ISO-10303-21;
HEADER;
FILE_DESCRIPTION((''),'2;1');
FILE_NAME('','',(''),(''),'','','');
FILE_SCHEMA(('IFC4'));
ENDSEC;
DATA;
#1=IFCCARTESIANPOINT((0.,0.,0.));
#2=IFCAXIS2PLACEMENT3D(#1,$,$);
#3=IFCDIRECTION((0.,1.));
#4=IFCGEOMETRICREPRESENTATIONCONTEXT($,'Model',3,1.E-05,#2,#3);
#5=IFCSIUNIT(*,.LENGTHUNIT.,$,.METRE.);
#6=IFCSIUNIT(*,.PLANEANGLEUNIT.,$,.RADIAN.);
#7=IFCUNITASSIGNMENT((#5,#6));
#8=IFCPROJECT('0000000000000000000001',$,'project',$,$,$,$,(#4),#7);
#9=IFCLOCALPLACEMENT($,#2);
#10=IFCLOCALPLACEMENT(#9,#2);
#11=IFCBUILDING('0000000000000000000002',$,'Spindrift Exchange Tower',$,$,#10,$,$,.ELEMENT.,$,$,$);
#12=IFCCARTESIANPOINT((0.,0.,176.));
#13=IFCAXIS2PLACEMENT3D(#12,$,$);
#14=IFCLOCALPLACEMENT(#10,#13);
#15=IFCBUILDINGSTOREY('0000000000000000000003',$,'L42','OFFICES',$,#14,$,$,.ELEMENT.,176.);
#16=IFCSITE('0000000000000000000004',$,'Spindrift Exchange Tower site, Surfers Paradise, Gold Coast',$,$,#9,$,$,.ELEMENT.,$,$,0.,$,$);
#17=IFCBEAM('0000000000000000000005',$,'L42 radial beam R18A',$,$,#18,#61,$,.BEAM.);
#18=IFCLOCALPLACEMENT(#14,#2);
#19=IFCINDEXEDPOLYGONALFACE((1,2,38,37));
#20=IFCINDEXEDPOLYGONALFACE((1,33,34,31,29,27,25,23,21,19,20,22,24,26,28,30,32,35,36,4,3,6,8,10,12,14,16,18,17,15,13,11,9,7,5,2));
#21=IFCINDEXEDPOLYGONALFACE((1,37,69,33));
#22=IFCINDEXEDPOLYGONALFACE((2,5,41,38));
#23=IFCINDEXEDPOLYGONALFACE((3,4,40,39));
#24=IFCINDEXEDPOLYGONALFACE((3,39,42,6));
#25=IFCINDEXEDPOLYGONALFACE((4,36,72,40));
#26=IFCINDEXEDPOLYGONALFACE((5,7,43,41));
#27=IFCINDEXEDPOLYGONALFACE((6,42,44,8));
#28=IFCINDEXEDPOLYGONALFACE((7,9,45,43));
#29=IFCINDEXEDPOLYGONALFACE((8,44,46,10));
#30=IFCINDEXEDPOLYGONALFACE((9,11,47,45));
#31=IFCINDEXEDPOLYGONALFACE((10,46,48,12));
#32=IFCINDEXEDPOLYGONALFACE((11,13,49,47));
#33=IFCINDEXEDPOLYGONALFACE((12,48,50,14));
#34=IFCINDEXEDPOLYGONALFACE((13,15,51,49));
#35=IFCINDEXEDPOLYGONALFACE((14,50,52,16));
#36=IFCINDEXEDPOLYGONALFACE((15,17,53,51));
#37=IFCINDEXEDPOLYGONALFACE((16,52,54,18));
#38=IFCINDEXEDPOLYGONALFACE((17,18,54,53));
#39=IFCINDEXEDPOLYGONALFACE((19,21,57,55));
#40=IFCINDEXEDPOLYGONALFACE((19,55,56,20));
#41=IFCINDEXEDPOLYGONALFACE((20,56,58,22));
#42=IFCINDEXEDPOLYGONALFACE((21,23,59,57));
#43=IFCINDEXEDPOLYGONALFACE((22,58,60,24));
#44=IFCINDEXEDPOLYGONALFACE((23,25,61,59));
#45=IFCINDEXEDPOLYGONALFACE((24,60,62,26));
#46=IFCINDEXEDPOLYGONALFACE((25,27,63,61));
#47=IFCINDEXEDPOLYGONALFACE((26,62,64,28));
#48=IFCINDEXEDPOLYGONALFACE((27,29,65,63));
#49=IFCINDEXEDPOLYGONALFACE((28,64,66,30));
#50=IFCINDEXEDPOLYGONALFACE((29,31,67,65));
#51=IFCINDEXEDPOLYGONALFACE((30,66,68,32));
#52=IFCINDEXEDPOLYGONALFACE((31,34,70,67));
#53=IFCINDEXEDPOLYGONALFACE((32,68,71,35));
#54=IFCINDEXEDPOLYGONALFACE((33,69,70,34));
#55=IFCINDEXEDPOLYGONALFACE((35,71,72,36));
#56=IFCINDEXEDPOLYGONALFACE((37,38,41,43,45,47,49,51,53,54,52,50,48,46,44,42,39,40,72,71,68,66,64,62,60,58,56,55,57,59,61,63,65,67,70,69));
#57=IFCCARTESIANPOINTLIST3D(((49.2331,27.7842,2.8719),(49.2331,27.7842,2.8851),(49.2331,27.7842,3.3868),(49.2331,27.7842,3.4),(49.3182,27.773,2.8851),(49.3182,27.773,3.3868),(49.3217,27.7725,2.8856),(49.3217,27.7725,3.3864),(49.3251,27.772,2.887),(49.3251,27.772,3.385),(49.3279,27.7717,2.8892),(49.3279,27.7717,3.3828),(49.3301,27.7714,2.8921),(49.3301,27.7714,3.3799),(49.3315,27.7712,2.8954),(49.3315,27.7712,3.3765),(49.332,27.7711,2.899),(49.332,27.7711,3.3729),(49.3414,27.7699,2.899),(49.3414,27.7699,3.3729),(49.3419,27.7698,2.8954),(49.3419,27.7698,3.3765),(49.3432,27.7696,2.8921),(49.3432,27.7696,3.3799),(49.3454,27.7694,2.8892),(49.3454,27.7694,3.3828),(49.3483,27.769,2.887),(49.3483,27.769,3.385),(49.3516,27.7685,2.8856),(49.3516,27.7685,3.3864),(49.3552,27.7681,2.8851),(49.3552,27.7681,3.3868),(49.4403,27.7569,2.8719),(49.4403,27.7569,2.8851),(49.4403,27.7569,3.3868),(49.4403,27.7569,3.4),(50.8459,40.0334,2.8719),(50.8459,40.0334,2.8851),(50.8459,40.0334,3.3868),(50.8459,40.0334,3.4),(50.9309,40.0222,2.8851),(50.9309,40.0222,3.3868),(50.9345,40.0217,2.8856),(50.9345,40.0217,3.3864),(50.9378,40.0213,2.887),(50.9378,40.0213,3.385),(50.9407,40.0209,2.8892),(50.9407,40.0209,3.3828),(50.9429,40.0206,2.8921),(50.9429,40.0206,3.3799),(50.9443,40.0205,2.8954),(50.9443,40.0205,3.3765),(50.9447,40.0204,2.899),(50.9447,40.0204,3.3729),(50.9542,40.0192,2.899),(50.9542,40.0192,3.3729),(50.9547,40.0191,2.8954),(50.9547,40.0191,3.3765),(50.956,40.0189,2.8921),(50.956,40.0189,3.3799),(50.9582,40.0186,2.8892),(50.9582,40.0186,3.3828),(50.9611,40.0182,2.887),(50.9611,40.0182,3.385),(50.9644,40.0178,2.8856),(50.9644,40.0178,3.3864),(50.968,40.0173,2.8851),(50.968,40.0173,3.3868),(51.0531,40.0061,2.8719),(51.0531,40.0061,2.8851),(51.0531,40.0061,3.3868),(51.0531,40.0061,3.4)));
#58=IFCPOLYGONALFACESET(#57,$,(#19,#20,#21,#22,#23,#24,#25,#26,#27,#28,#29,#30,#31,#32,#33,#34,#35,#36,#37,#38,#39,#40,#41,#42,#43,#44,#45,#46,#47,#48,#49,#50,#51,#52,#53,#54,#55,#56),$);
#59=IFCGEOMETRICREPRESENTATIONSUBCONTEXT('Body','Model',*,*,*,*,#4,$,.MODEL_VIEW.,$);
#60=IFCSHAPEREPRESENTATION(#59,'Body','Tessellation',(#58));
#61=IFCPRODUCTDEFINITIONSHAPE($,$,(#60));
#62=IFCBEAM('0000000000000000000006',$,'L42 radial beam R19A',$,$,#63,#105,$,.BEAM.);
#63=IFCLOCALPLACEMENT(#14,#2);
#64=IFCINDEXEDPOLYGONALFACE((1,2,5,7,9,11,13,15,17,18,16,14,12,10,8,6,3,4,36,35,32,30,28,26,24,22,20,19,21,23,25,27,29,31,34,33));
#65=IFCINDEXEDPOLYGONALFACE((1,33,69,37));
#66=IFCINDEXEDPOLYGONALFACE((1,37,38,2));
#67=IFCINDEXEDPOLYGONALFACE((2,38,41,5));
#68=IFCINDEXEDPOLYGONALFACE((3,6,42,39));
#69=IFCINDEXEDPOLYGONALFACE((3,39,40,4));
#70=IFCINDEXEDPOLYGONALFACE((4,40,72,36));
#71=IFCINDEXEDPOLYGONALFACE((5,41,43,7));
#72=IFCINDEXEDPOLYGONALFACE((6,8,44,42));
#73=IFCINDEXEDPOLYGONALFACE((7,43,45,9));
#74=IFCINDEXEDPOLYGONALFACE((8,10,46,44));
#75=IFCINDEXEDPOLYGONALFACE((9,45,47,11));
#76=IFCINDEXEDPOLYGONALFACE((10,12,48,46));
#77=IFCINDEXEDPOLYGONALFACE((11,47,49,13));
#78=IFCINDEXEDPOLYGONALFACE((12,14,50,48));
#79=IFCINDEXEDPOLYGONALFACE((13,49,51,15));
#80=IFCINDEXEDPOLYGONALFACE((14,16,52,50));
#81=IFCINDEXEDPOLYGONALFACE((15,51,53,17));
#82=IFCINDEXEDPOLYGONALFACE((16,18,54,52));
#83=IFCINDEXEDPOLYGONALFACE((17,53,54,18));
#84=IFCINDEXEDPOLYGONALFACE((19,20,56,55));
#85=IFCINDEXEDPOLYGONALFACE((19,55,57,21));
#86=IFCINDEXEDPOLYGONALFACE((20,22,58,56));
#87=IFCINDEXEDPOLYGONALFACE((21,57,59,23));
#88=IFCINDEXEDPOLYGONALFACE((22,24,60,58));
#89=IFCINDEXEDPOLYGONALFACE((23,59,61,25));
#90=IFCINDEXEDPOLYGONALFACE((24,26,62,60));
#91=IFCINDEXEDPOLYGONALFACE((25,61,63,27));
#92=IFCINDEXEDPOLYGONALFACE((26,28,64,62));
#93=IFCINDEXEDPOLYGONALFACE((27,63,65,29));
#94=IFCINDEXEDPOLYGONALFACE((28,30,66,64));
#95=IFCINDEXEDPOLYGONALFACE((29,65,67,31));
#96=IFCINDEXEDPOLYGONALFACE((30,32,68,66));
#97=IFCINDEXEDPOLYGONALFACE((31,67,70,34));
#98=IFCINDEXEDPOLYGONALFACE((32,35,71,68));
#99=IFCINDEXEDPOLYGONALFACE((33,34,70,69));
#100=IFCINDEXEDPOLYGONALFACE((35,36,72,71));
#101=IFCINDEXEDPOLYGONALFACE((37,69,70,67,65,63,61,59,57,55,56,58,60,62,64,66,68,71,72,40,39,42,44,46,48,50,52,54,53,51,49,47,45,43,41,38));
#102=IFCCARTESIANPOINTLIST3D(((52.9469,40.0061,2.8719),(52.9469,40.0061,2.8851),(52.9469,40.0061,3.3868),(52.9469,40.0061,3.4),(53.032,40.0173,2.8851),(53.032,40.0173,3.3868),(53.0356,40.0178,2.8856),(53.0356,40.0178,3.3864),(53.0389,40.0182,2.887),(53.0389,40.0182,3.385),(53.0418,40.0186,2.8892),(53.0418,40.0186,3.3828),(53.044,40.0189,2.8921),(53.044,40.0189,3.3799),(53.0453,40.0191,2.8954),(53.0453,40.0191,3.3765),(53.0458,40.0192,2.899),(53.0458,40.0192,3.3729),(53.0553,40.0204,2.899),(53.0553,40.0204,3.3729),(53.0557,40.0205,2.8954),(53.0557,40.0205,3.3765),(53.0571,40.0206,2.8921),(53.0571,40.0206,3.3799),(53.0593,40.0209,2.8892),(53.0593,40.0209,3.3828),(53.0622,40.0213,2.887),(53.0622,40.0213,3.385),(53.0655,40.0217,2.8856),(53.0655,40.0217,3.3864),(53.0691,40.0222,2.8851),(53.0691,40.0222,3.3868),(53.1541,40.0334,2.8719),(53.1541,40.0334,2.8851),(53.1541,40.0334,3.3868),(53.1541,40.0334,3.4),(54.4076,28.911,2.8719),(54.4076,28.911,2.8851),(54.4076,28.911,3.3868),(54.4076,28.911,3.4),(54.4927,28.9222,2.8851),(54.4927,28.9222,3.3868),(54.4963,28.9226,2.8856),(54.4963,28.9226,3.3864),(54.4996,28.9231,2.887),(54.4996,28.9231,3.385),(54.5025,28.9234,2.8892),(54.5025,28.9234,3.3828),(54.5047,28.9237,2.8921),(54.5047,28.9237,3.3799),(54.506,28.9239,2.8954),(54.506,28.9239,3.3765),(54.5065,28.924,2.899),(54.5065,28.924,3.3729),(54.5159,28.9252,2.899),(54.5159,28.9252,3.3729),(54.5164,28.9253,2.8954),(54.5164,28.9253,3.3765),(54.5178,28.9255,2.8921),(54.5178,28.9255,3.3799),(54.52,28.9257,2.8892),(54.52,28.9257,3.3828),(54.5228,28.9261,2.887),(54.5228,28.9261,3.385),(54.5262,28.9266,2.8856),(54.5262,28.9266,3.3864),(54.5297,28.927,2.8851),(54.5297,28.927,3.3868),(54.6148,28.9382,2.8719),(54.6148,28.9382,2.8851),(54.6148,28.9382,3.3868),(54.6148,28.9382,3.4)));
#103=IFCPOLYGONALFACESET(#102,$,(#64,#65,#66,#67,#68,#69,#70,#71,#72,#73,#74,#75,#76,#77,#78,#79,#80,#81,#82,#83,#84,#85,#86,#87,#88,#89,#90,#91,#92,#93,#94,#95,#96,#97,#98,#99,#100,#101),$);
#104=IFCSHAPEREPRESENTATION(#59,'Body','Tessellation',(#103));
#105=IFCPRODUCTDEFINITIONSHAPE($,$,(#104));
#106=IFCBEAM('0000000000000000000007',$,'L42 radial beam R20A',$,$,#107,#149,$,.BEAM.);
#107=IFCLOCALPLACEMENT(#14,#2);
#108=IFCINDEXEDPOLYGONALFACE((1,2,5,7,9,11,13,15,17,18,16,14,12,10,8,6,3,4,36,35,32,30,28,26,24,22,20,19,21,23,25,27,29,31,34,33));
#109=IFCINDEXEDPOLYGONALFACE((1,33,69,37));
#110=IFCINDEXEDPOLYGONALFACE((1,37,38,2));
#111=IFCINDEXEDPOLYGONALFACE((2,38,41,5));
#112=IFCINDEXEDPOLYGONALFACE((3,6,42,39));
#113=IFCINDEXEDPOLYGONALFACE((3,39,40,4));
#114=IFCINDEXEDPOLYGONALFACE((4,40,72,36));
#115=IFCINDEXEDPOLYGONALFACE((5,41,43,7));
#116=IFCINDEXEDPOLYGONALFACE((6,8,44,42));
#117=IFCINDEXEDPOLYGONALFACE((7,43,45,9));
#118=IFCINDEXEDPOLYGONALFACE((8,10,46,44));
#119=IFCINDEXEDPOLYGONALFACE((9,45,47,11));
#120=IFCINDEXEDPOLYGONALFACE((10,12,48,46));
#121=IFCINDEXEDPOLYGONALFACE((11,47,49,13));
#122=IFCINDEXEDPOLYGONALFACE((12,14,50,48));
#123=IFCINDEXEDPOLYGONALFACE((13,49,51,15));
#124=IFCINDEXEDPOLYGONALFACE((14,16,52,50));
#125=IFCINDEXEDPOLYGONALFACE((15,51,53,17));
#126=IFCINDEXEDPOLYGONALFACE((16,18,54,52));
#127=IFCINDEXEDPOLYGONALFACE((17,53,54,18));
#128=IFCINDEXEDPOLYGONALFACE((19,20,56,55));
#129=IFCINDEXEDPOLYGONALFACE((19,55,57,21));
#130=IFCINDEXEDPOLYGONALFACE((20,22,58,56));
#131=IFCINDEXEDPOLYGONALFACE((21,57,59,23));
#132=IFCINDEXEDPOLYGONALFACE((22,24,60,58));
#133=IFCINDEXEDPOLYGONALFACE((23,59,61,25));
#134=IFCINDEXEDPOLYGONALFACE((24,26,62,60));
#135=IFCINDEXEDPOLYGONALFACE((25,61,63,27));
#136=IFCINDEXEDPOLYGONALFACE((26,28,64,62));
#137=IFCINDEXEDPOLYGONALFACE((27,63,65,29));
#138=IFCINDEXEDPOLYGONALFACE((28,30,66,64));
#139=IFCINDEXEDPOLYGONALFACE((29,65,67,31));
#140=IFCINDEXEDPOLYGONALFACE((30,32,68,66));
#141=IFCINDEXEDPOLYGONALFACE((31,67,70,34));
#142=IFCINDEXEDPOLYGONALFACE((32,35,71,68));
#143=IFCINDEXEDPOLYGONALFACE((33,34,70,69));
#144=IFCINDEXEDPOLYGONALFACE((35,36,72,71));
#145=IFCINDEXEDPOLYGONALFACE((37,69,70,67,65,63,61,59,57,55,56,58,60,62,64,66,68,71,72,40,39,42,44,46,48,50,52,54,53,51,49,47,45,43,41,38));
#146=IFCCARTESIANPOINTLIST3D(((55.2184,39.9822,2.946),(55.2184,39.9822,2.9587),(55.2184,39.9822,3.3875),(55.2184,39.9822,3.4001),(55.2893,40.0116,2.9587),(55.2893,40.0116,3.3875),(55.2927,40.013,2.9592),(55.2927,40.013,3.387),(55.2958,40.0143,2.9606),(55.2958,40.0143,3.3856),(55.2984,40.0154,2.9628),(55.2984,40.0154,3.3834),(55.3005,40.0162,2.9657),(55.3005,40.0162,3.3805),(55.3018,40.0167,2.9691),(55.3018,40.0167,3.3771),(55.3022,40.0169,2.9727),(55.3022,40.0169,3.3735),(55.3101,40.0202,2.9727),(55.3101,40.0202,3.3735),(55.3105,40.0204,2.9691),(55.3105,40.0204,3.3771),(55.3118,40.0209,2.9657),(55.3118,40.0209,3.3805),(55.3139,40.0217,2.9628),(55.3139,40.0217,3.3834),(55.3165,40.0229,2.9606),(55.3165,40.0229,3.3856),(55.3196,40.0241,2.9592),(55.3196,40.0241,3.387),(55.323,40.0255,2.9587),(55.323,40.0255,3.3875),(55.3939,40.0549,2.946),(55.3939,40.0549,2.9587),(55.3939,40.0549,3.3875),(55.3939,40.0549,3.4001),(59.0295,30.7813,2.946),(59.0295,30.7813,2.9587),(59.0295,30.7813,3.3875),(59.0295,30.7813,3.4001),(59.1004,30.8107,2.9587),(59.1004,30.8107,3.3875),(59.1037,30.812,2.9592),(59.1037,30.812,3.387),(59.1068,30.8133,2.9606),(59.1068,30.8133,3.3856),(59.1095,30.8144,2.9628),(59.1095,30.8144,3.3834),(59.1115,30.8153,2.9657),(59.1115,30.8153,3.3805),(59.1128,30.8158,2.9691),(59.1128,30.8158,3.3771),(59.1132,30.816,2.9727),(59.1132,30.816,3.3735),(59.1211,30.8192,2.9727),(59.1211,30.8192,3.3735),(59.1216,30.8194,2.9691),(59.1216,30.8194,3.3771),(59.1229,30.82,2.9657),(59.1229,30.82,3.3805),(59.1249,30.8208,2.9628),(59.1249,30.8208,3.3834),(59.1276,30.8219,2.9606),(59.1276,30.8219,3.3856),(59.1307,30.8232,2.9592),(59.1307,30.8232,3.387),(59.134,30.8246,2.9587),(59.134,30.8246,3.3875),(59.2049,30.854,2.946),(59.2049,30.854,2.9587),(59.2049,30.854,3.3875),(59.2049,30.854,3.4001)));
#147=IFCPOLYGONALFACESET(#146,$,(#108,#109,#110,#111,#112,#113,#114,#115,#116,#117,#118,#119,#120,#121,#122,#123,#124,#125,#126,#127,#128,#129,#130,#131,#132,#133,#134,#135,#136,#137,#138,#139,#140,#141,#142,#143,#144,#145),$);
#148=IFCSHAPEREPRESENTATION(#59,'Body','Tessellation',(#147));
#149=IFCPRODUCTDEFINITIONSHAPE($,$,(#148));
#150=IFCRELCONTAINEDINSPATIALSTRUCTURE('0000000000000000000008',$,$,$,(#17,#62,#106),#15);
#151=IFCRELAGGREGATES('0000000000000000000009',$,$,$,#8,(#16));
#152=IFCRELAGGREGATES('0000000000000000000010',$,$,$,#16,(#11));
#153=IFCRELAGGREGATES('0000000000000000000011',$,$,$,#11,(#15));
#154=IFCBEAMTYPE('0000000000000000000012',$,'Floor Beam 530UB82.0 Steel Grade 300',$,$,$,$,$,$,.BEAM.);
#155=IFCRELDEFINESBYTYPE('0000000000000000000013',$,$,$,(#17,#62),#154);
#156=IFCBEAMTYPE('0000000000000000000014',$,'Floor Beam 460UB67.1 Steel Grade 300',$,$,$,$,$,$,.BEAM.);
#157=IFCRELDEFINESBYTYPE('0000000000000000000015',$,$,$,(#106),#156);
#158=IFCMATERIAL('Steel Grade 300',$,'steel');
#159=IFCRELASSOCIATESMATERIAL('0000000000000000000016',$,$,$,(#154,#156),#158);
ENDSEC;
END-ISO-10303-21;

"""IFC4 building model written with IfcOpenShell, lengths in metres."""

from ifc_helpers import new_model, si_unit, direction, frame, origin, origin_2d, place, context, subcontext, project, spatial, i_section, extrude, source, transform, mapped, material, material_profile, profile_set, type_object, element, save


model = new_model("IFC4")

# Units and contexts
model_context = context("Model", 3, precision=1e-05, world=origin(), true_north=direction((0.0, 1.0)))
body_context = subcontext(model_context, "Body", "Model", "MODEL_VIEW")
ifc_project = project(units=[si_unit("LENGTHUNIT", "METRE"), si_unit("PLANEANGLEUNIT", "RADIAN")], contexts=[model_context])

# Site, building, storey
site_placement = place(None, origin())
site = spatial("IfcSite", under=ifc_project, at=site_placement, Name="Spindrift Exchange Tower site, Surfers Paradise, Gold Coast", CompositionType="ELEMENT", RefElevation=0.0)
building_placement = place(site_placement, origin())
building = spatial("IfcBuilding", under=site, at=building_placement, Name="Spindrift Exchange Tower", CompositionType="ELEMENT")
storey_placement = place(building_placement, frame((0.0, 0.0, 176.0)))
storey = spatial("IfcBuildingStorey", under=building, at=storey_placement, Name="L42", Description="OFFICES", CompositionType="ELEMENT", Elevation=176.0)

# Beams
ifc_material_1 = material(Name="Steel Grade 300", Category="steel")
ifc_material_profile_1 = material_profile(ifc_material_1, i_section(OverallWidth=0.209, OverallDepth=0.5281, WebThickness=0.0095, FlangeThickness=0.0132, FilletRadius=0.0139, at=origin_2d()), Name="530UB82.0")
ifc_profile_set_1 = profile_set([ifc_material_profile_1], Name="Steel Grade 300")
beam_type_1 = type_object("IfcBeamType", Name="Floor Beam 530UB82.0 Steel Grade 300", PredefinedType="BEAM", material=ifc_profile_set_1)
shared_shape_1 = source(origin(), body_context, "Body", "SweptSolid", [
    extrude(i_section(OverallWidth=0.209, OverallDepth=0.5281, WebThickness=0.0095, FlangeThickness=0.0132, FilletRadius=0.0139, at=origin_2d()), origin(), (0.0, 0.0, 1.0), 12.355),
])
beam_1_placement = place(storey_placement, frame((50.9495, 40.0198, 3.136), z_axis=(-0.130538, -0.991443, 0.0), x_axis=(0.991443, -0.130538, 0.0)))
element("IfcBeam", 1, at=beam_1_placement, inside=storey, type_object=beam_type_1, Name="L42 radial beam R18A", PredefinedType="BEAM", context=body_context, shape_type="MappedRepresentation", body=[
    mapped(shared_shape_1, transform((0.0, 0.0, 0.0), scale=1.0)),
])
shared_shape_2 = source(origin(), body_context, "Body", "SweptSolid", [
    extrude(i_section(OverallWidth=0.209, OverallDepth=0.5281, WebThickness=0.0095, FlangeThickness=0.0132, FilletRadius=0.0139, at=origin_2d()), origin(), (0.0, 0.0, 1.0), 11.1909),
])
beam_2_placement = place(storey_placement, frame((53.0505, 40.0198, 3.136), z_axis=(0.130524, -0.991445, 0.0), x_axis=(0.991445, 0.130524, 0.0)))
element("IfcBeam", 2, at=beam_2_placement, inside=storey, type_object=beam_type_1, Name="L42 radial beam R19A", PredefinedType="BEAM", context=body_context, shape_type="MappedRepresentation", body=[
    mapped(shared_shape_2, transform((0.0, 0.0, 0.0), scale=1.0)),
])
ifc_material_profile_2 = material_profile(ifc_material_1, i_section(OverallWidth=0.1899, OverallDepth=0.4541, WebThickness=0.0085, FlangeThickness=0.0127, FilletRadius=0.0139, at=origin_2d()), Name="460UB67.1")
ifc_profile_set_2 = profile_set([ifc_material_profile_2], Name="Steel Grade 300")
beam_type_2 = type_object("IfcBeamType", Name="Floor Beam 460UB67.1 Steel Grade 300", PredefinedType="BEAM", material=ifc_profile_set_2)
shared_shape_3 = source(origin(), body_context, "Body", "SweptSolid", [
    extrude(i_section(OverallWidth=0.1899, OverallDepth=0.4541, WebThickness=0.0085, FlangeThickness=0.0127, FilletRadius=0.0139, at=origin_2d()), origin(), (0.0, 0.0, 1.0), 9.959),
])
beam_3_placement = place(storey_placement, frame((55.3062, 40.0186, 3.1731), z_axis=(0.382674, -0.923884, 0.0), x_axis=(0.923884, 0.382674, 0.0)))
element("IfcBeam", 3, at=beam_3_placement, inside=storey, type_object=beam_type_2, Name="L42 radial beam R20A", PredefinedType="BEAM", context=body_context, shape_type="MappedRepresentation", body=[
    mapped(shared_shape_3, transform((0.0, 0.0, 0.0), scale=1.0)),
])

save(model, "model.ifc")
